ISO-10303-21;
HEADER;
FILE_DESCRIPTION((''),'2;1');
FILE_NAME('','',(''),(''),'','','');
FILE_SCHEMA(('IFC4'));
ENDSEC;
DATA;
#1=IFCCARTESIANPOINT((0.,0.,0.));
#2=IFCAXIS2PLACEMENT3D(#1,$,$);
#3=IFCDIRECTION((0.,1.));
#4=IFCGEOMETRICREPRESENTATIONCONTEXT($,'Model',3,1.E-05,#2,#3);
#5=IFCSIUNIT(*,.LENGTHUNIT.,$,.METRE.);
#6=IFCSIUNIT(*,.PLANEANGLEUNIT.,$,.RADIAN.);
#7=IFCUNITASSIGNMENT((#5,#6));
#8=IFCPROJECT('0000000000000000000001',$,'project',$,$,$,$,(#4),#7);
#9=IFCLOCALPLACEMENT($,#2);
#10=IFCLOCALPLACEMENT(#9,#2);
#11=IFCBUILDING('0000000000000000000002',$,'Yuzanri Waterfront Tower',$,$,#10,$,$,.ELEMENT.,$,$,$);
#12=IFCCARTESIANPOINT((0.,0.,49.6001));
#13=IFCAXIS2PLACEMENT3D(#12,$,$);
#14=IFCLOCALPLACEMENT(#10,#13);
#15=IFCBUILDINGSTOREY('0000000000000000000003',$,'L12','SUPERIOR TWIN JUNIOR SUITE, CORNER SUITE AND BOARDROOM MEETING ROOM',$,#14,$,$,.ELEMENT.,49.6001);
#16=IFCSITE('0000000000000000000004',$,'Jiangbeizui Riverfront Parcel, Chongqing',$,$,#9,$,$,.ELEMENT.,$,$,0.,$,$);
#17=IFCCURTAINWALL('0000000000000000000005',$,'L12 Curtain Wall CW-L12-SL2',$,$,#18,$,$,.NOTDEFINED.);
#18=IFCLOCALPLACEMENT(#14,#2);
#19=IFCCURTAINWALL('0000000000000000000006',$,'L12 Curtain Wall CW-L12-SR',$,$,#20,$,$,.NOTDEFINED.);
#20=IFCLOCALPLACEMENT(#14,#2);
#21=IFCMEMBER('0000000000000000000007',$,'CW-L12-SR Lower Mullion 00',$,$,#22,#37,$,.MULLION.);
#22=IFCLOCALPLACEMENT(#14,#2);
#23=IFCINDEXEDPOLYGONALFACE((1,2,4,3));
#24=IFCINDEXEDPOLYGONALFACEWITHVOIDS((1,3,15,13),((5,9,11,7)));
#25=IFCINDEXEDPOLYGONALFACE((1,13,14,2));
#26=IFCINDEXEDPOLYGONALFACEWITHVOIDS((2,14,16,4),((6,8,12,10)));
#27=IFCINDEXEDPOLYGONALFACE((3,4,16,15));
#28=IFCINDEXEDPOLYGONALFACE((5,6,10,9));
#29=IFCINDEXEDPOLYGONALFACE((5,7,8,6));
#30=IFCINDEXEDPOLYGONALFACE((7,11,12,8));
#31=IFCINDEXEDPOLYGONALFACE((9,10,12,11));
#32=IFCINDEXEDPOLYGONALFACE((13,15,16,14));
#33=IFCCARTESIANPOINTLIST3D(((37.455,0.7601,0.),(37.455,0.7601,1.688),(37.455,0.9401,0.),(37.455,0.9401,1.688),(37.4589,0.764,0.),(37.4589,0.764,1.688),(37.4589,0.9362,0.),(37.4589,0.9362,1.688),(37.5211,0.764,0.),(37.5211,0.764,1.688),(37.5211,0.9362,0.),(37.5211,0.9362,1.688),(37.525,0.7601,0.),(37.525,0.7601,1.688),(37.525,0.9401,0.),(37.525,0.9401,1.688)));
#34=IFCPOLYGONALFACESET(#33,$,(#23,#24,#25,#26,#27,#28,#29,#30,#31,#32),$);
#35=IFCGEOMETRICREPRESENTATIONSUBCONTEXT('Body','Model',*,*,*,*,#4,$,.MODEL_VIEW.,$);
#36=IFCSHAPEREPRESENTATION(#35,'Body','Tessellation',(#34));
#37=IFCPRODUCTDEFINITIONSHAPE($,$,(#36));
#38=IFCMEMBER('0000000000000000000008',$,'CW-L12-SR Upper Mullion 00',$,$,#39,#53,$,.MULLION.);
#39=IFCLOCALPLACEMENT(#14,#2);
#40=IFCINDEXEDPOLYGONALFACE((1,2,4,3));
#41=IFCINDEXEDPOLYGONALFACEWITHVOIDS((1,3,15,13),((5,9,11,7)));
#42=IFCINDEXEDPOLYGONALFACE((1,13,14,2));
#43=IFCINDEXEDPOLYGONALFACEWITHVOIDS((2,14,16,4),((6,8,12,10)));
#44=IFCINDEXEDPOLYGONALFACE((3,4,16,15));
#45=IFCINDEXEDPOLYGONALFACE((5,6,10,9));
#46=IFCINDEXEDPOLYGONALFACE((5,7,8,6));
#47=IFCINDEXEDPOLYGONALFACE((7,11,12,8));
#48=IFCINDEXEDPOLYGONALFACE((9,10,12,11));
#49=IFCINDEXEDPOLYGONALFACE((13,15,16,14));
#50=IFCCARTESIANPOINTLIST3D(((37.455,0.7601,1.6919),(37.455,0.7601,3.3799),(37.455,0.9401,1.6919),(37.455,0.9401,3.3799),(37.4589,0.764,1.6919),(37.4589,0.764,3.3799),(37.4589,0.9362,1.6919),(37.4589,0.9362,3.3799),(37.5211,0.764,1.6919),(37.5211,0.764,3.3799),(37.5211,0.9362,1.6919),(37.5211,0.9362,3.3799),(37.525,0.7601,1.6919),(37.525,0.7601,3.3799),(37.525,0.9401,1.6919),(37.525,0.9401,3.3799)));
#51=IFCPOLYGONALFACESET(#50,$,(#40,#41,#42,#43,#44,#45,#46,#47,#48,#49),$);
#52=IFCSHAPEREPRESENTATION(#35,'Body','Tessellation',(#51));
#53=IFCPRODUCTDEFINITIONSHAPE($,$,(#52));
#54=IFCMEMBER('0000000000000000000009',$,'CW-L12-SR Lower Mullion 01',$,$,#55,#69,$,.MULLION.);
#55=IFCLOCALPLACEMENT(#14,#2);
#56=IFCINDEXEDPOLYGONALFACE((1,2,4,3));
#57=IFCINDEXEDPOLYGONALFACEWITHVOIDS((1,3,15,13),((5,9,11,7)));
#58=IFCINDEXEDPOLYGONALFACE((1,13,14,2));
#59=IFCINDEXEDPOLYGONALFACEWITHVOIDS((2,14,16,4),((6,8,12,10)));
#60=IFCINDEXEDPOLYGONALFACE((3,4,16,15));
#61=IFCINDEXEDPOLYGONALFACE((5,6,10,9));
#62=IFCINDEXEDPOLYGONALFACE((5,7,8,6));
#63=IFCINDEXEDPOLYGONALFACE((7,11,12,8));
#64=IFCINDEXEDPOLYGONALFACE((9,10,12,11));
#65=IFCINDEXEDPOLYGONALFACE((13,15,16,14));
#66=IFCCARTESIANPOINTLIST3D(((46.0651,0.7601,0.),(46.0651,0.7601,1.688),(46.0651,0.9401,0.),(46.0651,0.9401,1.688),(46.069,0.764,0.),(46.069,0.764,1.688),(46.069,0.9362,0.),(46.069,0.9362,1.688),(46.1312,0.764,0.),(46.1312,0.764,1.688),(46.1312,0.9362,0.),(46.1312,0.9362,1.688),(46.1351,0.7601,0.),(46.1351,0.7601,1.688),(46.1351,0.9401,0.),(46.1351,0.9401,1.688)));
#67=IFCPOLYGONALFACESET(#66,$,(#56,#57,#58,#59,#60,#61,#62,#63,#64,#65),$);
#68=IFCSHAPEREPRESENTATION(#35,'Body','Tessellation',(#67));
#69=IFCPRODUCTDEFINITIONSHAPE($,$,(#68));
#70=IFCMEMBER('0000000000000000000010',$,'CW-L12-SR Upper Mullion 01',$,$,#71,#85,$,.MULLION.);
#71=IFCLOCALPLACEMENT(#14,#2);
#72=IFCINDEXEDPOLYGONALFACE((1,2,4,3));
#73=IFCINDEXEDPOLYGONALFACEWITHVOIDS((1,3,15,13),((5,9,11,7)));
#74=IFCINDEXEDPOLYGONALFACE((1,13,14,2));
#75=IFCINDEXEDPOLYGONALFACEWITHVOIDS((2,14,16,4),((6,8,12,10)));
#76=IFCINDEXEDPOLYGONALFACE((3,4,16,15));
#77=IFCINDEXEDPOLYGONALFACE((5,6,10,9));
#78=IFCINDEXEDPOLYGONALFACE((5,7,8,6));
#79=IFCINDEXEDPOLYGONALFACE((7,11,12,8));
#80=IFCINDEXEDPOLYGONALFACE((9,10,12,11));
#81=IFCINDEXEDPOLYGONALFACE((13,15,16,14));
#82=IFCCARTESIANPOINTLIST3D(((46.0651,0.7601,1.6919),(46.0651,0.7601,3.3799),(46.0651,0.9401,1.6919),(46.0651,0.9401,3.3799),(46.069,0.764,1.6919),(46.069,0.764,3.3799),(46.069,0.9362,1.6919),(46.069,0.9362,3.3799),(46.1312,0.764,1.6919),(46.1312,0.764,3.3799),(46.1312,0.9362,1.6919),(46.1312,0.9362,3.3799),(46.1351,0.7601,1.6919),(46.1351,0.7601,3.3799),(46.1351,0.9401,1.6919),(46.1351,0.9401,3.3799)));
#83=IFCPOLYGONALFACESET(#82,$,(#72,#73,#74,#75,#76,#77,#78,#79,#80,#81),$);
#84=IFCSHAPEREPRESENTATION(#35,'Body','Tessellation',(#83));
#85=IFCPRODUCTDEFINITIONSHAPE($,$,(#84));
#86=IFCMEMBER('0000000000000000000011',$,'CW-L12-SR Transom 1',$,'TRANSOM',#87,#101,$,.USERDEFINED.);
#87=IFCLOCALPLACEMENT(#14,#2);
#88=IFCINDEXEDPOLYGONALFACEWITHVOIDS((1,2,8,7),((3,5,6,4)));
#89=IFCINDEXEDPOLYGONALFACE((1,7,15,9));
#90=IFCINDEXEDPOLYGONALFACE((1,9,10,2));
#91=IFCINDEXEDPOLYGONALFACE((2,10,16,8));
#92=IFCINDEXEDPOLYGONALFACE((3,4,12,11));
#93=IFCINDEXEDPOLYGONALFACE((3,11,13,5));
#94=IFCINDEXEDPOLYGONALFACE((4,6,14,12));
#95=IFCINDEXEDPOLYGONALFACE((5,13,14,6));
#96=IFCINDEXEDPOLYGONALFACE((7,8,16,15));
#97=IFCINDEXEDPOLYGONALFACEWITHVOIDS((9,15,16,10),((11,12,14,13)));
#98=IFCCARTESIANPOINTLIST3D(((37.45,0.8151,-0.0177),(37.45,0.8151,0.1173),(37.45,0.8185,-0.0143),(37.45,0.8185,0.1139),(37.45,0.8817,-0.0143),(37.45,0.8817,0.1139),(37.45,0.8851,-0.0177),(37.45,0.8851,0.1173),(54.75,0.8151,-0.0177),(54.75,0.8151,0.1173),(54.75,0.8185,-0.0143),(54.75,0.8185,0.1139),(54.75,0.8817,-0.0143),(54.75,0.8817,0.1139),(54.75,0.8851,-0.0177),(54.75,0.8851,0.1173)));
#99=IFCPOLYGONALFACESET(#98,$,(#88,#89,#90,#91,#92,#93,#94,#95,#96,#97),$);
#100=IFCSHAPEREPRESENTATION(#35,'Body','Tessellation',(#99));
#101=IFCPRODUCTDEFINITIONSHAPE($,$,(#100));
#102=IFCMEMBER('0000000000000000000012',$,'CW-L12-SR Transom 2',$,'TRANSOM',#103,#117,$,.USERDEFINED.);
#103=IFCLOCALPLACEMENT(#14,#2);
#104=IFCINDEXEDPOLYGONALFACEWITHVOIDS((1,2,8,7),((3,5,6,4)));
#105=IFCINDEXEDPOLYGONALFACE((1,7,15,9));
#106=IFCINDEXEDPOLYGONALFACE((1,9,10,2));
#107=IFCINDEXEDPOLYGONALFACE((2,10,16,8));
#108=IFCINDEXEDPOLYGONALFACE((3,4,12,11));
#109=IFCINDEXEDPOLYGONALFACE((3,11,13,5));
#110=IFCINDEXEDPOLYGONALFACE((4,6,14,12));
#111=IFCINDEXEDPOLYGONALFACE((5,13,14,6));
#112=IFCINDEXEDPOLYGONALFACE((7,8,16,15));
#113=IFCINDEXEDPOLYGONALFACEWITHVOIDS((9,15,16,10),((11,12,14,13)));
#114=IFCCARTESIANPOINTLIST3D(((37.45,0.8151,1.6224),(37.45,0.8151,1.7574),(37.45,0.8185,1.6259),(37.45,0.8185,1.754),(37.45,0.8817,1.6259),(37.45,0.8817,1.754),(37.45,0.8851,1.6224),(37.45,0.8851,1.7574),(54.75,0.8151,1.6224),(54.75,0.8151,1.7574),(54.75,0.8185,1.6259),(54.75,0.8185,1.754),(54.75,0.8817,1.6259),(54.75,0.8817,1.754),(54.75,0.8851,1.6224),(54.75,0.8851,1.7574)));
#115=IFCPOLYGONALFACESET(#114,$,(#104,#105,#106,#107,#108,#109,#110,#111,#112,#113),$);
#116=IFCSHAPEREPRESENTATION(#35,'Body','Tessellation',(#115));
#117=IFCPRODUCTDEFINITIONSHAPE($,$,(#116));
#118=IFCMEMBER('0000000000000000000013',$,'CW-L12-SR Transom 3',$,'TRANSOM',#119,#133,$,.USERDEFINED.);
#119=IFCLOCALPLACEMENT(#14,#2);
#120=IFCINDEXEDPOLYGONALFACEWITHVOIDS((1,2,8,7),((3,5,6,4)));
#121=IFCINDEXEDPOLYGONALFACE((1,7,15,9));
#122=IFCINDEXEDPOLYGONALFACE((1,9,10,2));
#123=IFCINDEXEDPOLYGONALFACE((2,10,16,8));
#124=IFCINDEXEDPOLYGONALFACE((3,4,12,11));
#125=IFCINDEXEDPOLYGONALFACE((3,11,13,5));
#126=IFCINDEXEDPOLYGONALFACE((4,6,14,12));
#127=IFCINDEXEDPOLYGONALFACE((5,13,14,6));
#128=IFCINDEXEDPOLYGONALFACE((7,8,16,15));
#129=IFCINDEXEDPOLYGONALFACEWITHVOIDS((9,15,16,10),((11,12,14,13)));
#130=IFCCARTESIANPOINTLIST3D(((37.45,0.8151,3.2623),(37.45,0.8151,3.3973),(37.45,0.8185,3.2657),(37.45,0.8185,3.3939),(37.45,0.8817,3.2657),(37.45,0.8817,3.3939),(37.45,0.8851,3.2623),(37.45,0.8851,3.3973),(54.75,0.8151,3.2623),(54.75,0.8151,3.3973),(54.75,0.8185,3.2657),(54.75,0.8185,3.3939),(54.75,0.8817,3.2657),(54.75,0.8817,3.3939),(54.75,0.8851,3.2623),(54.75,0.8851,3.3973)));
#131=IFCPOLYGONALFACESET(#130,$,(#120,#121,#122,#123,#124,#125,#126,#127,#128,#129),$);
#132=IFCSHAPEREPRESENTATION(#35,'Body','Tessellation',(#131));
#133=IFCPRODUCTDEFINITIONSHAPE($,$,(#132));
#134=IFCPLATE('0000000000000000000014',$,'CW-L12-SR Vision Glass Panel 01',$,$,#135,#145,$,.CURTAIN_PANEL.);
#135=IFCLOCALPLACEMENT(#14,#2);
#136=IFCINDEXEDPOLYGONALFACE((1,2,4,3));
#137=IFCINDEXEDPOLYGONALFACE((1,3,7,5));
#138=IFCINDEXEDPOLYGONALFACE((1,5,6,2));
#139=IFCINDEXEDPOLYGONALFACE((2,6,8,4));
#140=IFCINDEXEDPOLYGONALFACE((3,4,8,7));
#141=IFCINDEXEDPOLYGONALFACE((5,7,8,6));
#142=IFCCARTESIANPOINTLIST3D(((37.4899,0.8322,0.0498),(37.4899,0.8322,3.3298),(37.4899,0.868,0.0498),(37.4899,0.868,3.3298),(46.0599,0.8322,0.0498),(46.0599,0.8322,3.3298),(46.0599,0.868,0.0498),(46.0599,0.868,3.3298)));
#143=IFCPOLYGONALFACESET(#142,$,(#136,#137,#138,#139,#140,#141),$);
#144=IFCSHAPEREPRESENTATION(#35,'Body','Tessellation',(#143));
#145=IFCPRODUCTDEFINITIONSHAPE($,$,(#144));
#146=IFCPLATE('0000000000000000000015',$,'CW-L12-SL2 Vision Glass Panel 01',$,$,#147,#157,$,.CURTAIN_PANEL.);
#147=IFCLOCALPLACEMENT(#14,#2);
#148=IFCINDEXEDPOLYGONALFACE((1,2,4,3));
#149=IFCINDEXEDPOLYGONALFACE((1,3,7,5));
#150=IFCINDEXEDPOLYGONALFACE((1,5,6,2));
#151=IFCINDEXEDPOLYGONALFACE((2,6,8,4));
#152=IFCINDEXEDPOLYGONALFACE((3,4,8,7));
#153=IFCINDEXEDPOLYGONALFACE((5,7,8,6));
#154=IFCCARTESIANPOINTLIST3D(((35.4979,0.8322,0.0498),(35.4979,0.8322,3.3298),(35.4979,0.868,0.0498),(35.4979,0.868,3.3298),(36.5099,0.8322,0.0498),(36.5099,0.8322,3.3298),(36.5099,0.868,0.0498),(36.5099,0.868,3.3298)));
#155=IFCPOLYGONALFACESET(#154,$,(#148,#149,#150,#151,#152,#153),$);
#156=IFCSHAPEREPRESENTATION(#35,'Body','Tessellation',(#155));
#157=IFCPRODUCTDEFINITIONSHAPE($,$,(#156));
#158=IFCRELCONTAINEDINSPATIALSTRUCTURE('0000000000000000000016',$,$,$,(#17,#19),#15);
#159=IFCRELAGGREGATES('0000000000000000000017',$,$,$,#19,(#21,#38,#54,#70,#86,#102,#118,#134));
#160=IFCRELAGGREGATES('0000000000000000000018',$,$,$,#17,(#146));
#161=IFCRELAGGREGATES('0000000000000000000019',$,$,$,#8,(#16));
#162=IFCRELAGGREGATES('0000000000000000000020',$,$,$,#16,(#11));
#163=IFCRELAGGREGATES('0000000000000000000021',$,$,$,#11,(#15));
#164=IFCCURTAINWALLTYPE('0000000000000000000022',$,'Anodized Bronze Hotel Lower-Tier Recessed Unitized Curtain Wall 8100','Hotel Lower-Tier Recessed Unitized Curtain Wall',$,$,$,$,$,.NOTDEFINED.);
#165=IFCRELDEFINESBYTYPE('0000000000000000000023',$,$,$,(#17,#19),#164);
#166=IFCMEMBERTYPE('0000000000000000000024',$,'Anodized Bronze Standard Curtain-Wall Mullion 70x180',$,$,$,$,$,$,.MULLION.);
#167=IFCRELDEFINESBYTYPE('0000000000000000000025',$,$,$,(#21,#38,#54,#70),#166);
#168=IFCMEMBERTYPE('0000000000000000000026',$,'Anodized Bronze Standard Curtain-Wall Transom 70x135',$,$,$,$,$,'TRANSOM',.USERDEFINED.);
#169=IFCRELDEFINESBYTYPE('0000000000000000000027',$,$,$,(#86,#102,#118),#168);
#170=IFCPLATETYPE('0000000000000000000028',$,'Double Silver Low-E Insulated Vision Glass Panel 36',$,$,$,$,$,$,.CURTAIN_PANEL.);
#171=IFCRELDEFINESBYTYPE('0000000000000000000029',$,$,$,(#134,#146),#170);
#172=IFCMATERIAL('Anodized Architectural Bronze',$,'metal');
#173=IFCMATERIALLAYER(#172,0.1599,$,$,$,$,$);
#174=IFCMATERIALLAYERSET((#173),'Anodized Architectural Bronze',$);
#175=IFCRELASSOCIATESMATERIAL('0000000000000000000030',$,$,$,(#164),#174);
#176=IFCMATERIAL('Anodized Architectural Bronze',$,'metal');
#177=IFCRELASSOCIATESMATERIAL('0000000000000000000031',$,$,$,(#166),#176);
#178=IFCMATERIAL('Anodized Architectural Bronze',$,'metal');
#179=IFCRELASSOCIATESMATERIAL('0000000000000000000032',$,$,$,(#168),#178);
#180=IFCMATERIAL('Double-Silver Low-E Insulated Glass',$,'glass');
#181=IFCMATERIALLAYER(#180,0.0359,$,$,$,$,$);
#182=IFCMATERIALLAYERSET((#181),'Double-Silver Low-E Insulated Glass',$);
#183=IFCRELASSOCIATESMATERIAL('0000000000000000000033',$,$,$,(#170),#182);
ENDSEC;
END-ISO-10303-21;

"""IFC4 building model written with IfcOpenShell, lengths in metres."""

from ifc_helpers import new_model, si_unit, direction, frame, origin, origin_2d, place, context, subcontext, project, spatial, rectangle, hollow_rectangle, extrude, source, transform, mapped, material, layer, layer_set, material_profile, profile_set, type_object, element, aggregate, save


model = new_model("IFC4")

# Units and contexts
model_context = context("Model", 3, precision=1e-05, world=origin(), true_north=direction((0.0, 1.0)))
body_context = subcontext(model_context, "Body", "Model", "MODEL_VIEW")
ifc_project = project(units=[si_unit("LENGTHUNIT", "METRE"), si_unit("PLANEANGLEUNIT", "RADIAN")], contexts=[model_context])

# Site, building, storey
site_placement = place(None, origin())
site = spatial("IfcSite", under=ifc_project, at=site_placement, Name="Jiangbeizui Riverfront Parcel, Chongqing", CompositionType="ELEMENT", RefElevation=0.0)
building_placement = place(site_placement, origin())
building = spatial("IfcBuilding", under=site, at=building_placement, Name="Yuzanri Waterfront Tower", CompositionType="ELEMENT")
storey_placement = place(building_placement, frame((0.0, 0.0, 49.6001)))
storey = spatial("IfcBuildingStorey", under=building, at=storey_placement, Name="L12", Description="SUPERIOR TWIN JUNIOR SUITE, CORNER SUITE AND BOARDROOM MEETING ROOM", CompositionType="ELEMENT", Elevation=49.6001)

# Curtain wall
ifc_material_1 = material(Name="Anodized Architectural Bronze", Category="metal")
ifc_layer_1 = layer(ifc_material_1, 0.1599)
ifc_layer_set_1 = layer_set([ifc_layer_1], Name="Anodized Architectural Bronze")
curtain_wall_type = type_object("IfcCurtainWallType", Name="Anodized Bronze Hotel Lower-Tier Recessed Unitized Curtain Wall 8100", Description="Hotel Lower-Tier Recessed Unitized Curtain Wall", PredefinedType="NOTDEFINED", material=ifc_layer_set_1)
curtain_wall_1_placement = place(storey_placement, origin())
curtain_wall_1 = element("IfcCurtainWall", 1, at=curtain_wall_1_placement, inside=storey, type_object=curtain_wall_type, Name="L12 Curtain Wall CW-L12-SL2", PredefinedType="NOTDEFINED")
ifc_material_2 = material(Name="Anodized Architectural Bronze", Category="metal")
ifc_material_profile_1 = material_profile(ifc_material_2, hollow_rectangle(XDim=0.0701, YDim=0.1799, WallThickness=0.0039, at=origin_2d()), Name="CWM 70x180")
ifc_profile_set_1 = profile_set([ifc_material_profile_1], Name="Anodized Architectural Bronze")
member_type_1 = type_object("IfcMemberType", Name="Anodized Bronze Standard Curtain-Wall Mullion 70x180", PredefinedType="MULLION", material=ifc_profile_set_1)
shared_shape_1 = source(origin(), body_context, "Body", "SweptSolid", [
    extrude(hollow_rectangle(XDim=0.0701, YDim=0.1799, WallThickness=0.0039, at=origin_2d()), origin(), (0.0, 0.0, 1.0), 1.688),
])

# Curtain wall, members, plate
curtain_wall_2_placement = place(storey_placement, origin())
curtain_wall_2 = element("IfcCurtainWall", 2, at=curtain_wall_2_placement, inside=storey, type_object=curtain_wall_type, Name="L12 Curtain Wall CW-L12-SR", PredefinedType="NOTDEFINED")
member_1_placement = place(storey_placement, frame((37.49, 0.8501, 0.0), z_axis=(0.0, 0.0, 1.0), x_axis=(1.0, 0.0, 0.0)))
member_1 = element("IfcMember", 3, at=member_1_placement, type_object=member_type_1, Name="CW-L12-SR Lower Mullion 00", PredefinedType="MULLION", context=body_context, shape_type="MappedRepresentation", body=[
    mapped(shared_shape_1, transform((0.0, 0.0, 0.0), scale=1.0)),
])
member_2_placement = place(storey_placement, frame((37.49, 0.8501, 1.6919), z_axis=(0.0, 0.0, 1.0), x_axis=(1.0, 0.0, 0.0)))
member_2 = element("IfcMember", 4, at=member_2_placement, type_object=member_type_1, Name="CW-L12-SR Upper Mullion 00", PredefinedType="MULLION", context=body_context, shape_type="MappedRepresentation", body=[
    mapped(shared_shape_1, transform((0.0, 0.0, 0.0), scale=1.0)),
])
member_3_placement = place(storey_placement, frame((46.1001, 0.8501, 0.0), z_axis=(0.0, 0.0, 1.0), x_axis=(1.0, 0.0, 0.0)))
member_3 = element("IfcMember", 5, at=member_3_placement, type_object=member_type_1, Name="CW-L12-SR Lower Mullion 01", PredefinedType="MULLION", context=body_context, shape_type="MappedRepresentation", body=[
    mapped(shared_shape_1, transform((0.0, 0.0, 0.0), scale=1.0)),
])
member_4_placement = place(storey_placement, frame((46.1001, 0.8501, 1.6919), z_axis=(0.0, 0.0, 1.0), x_axis=(1.0, 0.0, 0.0)))
member_4 = element("IfcMember", 6, at=member_4_placement, type_object=member_type_1, Name="CW-L12-SR Upper Mullion 01", PredefinedType="MULLION", context=body_context, shape_type="MappedRepresentation", body=[
    mapped(shared_shape_1, transform((0.0, 0.0, 0.0), scale=1.0)),
])
ifc_material_3 = material(Name="Anodized Architectural Bronze", Category="metal")
ifc_material_profile_2 = material_profile(ifc_material_3, hollow_rectangle(XDim=0.0701, YDim=0.135, WallThickness=0.0034, at=origin_2d()), Name="CWT 70x135")
ifc_profile_set_2 = profile_set([ifc_material_profile_2], Name="Anodized Architectural Bronze")
member_type_2 = type_object("IfcMemberType", Name="Anodized Bronze Standard Curtain-Wall Transom 70x135", ElementType="TRANSOM", PredefinedType="USERDEFINED", material=ifc_profile_set_2)
shared_shape_2 = source(origin(), body_context, "Body", "SweptSolid", [
    extrude(hollow_rectangle(XDim=0.0701, YDim=0.135, WallThickness=0.0034, at=origin_2d()), origin(), (0.0, 0.0, 1.0), 17.3),
])
member_5_placement = place(storey_placement, frame((37.45, 0.8501, 0.0498), z_axis=(1.0, 0.0, 0.0), x_axis=(0.0, 1.0, 0.0)))
member_5 = element("IfcMember", 7, at=member_5_placement, type_object=member_type_2, Name="CW-L12-SR Transom 1", ObjectType="TRANSOM", PredefinedType="USERDEFINED", context=body_context, shape_type="MappedRepresentation", body=[
    mapped(shared_shape_2, transform((0.0, 0.0, 0.0), scale=1.0)),
])
member_6_placement = place(storey_placement, frame((37.45, 0.8501, 1.6899), z_axis=(1.0, 0.0, 0.0), x_axis=(0.0, 1.0, 0.0)))
member_6 = element("IfcMember", 8, at=member_6_placement, type_object=member_type_2, Name="CW-L12-SR Transom 2", ObjectType="TRANSOM", PredefinedType="USERDEFINED", context=body_context, shape_type="MappedRepresentation", body=[
    mapped(shared_shape_2, transform((0.0, 0.0, 0.0), scale=1.0)),
])
member_7_placement = place(storey_placement, frame((37.45, 0.8501, 3.3298), z_axis=(1.0, 0.0, 0.0), x_axis=(0.0, 1.0, 0.0)))
member_7 = element("IfcMember", 9, at=member_7_placement, type_object=member_type_2, Name="CW-L12-SR Transom 3", ObjectType="TRANSOM", PredefinedType="USERDEFINED", context=body_context, shape_type="MappedRepresentation", body=[
    mapped(shared_shape_2, transform((0.0, 0.0, 0.0), scale=1.0)),
])
ifc_material_4 = material(Name="Double-Silver Low-E Insulated Glass", Category="glass")
ifc_layer_2 = layer(ifc_material_4, 0.0359)
ifc_layer_set_2 = layer_set([ifc_layer_2], Name="Double-Silver Low-E Insulated Glass")
plate_type = type_object("IfcPlateType", Name="Double Silver Low-E Insulated Vision Glass Panel 36", PredefinedType="CURTAIN_PANEL", material=ifc_layer_set_2)
shared_shape_3 = source(origin(), body_context, "Body", "SweptSolid", [
    extrude(rectangle(XDim=8.5701, YDim=0.0359, at=origin_2d()), origin(), (0.0, 0.0, 1.0), 3.28),
])
plate_1_placement = place(storey_placement, frame((41.7749, 0.8501, 0.0498), z_axis=(0.0, 0.0, 1.0), x_axis=(1.0, 0.0, 0.0)))
plate_1 = element("IfcPlate", 10, at=plate_1_placement, type_object=plate_type, Name="CW-L12-SR Vision Glass Panel 01", PredefinedType="CURTAIN_PANEL", context=body_context, shape_type="MappedRepresentation", body=[
    mapped(shared_shape_3, transform((0.0, 0.0, 0.0), scale=1.0)),
])
aggregate(curtain_wall_2, [member_1, member_2, member_3, member_4, member_5, member_6, member_7, plate_1])

# Plate
shared_shape_4 = source(origin(), body_context, "Body", "SweptSolid", [
    extrude(rectangle(XDim=1.012, YDim=0.0359, at=origin_2d()), origin(), (0.0, 0.0, 1.0), 3.28),
])
plate_2_placement = place(storey_placement, frame((36.0039, 0.8501, 0.0498), z_axis=(0.0, 0.0, 1.0), x_axis=(1.0, 0.0, 0.0)))
plate_2 = element("IfcPlate", 11, at=plate_2_placement, type_object=plate_type, Name="CW-L12-SL2 Vision Glass Panel 01", PredefinedType="CURTAIN_PANEL", context=body_context, shape_type="MappedRepresentation", body=[
    mapped(shared_shape_4, transform((0.0, 0.0, 0.0), scale=1.0)),
])
aggregate(curtain_wall_1, [plate_2])

save(model, "model.ifc")
